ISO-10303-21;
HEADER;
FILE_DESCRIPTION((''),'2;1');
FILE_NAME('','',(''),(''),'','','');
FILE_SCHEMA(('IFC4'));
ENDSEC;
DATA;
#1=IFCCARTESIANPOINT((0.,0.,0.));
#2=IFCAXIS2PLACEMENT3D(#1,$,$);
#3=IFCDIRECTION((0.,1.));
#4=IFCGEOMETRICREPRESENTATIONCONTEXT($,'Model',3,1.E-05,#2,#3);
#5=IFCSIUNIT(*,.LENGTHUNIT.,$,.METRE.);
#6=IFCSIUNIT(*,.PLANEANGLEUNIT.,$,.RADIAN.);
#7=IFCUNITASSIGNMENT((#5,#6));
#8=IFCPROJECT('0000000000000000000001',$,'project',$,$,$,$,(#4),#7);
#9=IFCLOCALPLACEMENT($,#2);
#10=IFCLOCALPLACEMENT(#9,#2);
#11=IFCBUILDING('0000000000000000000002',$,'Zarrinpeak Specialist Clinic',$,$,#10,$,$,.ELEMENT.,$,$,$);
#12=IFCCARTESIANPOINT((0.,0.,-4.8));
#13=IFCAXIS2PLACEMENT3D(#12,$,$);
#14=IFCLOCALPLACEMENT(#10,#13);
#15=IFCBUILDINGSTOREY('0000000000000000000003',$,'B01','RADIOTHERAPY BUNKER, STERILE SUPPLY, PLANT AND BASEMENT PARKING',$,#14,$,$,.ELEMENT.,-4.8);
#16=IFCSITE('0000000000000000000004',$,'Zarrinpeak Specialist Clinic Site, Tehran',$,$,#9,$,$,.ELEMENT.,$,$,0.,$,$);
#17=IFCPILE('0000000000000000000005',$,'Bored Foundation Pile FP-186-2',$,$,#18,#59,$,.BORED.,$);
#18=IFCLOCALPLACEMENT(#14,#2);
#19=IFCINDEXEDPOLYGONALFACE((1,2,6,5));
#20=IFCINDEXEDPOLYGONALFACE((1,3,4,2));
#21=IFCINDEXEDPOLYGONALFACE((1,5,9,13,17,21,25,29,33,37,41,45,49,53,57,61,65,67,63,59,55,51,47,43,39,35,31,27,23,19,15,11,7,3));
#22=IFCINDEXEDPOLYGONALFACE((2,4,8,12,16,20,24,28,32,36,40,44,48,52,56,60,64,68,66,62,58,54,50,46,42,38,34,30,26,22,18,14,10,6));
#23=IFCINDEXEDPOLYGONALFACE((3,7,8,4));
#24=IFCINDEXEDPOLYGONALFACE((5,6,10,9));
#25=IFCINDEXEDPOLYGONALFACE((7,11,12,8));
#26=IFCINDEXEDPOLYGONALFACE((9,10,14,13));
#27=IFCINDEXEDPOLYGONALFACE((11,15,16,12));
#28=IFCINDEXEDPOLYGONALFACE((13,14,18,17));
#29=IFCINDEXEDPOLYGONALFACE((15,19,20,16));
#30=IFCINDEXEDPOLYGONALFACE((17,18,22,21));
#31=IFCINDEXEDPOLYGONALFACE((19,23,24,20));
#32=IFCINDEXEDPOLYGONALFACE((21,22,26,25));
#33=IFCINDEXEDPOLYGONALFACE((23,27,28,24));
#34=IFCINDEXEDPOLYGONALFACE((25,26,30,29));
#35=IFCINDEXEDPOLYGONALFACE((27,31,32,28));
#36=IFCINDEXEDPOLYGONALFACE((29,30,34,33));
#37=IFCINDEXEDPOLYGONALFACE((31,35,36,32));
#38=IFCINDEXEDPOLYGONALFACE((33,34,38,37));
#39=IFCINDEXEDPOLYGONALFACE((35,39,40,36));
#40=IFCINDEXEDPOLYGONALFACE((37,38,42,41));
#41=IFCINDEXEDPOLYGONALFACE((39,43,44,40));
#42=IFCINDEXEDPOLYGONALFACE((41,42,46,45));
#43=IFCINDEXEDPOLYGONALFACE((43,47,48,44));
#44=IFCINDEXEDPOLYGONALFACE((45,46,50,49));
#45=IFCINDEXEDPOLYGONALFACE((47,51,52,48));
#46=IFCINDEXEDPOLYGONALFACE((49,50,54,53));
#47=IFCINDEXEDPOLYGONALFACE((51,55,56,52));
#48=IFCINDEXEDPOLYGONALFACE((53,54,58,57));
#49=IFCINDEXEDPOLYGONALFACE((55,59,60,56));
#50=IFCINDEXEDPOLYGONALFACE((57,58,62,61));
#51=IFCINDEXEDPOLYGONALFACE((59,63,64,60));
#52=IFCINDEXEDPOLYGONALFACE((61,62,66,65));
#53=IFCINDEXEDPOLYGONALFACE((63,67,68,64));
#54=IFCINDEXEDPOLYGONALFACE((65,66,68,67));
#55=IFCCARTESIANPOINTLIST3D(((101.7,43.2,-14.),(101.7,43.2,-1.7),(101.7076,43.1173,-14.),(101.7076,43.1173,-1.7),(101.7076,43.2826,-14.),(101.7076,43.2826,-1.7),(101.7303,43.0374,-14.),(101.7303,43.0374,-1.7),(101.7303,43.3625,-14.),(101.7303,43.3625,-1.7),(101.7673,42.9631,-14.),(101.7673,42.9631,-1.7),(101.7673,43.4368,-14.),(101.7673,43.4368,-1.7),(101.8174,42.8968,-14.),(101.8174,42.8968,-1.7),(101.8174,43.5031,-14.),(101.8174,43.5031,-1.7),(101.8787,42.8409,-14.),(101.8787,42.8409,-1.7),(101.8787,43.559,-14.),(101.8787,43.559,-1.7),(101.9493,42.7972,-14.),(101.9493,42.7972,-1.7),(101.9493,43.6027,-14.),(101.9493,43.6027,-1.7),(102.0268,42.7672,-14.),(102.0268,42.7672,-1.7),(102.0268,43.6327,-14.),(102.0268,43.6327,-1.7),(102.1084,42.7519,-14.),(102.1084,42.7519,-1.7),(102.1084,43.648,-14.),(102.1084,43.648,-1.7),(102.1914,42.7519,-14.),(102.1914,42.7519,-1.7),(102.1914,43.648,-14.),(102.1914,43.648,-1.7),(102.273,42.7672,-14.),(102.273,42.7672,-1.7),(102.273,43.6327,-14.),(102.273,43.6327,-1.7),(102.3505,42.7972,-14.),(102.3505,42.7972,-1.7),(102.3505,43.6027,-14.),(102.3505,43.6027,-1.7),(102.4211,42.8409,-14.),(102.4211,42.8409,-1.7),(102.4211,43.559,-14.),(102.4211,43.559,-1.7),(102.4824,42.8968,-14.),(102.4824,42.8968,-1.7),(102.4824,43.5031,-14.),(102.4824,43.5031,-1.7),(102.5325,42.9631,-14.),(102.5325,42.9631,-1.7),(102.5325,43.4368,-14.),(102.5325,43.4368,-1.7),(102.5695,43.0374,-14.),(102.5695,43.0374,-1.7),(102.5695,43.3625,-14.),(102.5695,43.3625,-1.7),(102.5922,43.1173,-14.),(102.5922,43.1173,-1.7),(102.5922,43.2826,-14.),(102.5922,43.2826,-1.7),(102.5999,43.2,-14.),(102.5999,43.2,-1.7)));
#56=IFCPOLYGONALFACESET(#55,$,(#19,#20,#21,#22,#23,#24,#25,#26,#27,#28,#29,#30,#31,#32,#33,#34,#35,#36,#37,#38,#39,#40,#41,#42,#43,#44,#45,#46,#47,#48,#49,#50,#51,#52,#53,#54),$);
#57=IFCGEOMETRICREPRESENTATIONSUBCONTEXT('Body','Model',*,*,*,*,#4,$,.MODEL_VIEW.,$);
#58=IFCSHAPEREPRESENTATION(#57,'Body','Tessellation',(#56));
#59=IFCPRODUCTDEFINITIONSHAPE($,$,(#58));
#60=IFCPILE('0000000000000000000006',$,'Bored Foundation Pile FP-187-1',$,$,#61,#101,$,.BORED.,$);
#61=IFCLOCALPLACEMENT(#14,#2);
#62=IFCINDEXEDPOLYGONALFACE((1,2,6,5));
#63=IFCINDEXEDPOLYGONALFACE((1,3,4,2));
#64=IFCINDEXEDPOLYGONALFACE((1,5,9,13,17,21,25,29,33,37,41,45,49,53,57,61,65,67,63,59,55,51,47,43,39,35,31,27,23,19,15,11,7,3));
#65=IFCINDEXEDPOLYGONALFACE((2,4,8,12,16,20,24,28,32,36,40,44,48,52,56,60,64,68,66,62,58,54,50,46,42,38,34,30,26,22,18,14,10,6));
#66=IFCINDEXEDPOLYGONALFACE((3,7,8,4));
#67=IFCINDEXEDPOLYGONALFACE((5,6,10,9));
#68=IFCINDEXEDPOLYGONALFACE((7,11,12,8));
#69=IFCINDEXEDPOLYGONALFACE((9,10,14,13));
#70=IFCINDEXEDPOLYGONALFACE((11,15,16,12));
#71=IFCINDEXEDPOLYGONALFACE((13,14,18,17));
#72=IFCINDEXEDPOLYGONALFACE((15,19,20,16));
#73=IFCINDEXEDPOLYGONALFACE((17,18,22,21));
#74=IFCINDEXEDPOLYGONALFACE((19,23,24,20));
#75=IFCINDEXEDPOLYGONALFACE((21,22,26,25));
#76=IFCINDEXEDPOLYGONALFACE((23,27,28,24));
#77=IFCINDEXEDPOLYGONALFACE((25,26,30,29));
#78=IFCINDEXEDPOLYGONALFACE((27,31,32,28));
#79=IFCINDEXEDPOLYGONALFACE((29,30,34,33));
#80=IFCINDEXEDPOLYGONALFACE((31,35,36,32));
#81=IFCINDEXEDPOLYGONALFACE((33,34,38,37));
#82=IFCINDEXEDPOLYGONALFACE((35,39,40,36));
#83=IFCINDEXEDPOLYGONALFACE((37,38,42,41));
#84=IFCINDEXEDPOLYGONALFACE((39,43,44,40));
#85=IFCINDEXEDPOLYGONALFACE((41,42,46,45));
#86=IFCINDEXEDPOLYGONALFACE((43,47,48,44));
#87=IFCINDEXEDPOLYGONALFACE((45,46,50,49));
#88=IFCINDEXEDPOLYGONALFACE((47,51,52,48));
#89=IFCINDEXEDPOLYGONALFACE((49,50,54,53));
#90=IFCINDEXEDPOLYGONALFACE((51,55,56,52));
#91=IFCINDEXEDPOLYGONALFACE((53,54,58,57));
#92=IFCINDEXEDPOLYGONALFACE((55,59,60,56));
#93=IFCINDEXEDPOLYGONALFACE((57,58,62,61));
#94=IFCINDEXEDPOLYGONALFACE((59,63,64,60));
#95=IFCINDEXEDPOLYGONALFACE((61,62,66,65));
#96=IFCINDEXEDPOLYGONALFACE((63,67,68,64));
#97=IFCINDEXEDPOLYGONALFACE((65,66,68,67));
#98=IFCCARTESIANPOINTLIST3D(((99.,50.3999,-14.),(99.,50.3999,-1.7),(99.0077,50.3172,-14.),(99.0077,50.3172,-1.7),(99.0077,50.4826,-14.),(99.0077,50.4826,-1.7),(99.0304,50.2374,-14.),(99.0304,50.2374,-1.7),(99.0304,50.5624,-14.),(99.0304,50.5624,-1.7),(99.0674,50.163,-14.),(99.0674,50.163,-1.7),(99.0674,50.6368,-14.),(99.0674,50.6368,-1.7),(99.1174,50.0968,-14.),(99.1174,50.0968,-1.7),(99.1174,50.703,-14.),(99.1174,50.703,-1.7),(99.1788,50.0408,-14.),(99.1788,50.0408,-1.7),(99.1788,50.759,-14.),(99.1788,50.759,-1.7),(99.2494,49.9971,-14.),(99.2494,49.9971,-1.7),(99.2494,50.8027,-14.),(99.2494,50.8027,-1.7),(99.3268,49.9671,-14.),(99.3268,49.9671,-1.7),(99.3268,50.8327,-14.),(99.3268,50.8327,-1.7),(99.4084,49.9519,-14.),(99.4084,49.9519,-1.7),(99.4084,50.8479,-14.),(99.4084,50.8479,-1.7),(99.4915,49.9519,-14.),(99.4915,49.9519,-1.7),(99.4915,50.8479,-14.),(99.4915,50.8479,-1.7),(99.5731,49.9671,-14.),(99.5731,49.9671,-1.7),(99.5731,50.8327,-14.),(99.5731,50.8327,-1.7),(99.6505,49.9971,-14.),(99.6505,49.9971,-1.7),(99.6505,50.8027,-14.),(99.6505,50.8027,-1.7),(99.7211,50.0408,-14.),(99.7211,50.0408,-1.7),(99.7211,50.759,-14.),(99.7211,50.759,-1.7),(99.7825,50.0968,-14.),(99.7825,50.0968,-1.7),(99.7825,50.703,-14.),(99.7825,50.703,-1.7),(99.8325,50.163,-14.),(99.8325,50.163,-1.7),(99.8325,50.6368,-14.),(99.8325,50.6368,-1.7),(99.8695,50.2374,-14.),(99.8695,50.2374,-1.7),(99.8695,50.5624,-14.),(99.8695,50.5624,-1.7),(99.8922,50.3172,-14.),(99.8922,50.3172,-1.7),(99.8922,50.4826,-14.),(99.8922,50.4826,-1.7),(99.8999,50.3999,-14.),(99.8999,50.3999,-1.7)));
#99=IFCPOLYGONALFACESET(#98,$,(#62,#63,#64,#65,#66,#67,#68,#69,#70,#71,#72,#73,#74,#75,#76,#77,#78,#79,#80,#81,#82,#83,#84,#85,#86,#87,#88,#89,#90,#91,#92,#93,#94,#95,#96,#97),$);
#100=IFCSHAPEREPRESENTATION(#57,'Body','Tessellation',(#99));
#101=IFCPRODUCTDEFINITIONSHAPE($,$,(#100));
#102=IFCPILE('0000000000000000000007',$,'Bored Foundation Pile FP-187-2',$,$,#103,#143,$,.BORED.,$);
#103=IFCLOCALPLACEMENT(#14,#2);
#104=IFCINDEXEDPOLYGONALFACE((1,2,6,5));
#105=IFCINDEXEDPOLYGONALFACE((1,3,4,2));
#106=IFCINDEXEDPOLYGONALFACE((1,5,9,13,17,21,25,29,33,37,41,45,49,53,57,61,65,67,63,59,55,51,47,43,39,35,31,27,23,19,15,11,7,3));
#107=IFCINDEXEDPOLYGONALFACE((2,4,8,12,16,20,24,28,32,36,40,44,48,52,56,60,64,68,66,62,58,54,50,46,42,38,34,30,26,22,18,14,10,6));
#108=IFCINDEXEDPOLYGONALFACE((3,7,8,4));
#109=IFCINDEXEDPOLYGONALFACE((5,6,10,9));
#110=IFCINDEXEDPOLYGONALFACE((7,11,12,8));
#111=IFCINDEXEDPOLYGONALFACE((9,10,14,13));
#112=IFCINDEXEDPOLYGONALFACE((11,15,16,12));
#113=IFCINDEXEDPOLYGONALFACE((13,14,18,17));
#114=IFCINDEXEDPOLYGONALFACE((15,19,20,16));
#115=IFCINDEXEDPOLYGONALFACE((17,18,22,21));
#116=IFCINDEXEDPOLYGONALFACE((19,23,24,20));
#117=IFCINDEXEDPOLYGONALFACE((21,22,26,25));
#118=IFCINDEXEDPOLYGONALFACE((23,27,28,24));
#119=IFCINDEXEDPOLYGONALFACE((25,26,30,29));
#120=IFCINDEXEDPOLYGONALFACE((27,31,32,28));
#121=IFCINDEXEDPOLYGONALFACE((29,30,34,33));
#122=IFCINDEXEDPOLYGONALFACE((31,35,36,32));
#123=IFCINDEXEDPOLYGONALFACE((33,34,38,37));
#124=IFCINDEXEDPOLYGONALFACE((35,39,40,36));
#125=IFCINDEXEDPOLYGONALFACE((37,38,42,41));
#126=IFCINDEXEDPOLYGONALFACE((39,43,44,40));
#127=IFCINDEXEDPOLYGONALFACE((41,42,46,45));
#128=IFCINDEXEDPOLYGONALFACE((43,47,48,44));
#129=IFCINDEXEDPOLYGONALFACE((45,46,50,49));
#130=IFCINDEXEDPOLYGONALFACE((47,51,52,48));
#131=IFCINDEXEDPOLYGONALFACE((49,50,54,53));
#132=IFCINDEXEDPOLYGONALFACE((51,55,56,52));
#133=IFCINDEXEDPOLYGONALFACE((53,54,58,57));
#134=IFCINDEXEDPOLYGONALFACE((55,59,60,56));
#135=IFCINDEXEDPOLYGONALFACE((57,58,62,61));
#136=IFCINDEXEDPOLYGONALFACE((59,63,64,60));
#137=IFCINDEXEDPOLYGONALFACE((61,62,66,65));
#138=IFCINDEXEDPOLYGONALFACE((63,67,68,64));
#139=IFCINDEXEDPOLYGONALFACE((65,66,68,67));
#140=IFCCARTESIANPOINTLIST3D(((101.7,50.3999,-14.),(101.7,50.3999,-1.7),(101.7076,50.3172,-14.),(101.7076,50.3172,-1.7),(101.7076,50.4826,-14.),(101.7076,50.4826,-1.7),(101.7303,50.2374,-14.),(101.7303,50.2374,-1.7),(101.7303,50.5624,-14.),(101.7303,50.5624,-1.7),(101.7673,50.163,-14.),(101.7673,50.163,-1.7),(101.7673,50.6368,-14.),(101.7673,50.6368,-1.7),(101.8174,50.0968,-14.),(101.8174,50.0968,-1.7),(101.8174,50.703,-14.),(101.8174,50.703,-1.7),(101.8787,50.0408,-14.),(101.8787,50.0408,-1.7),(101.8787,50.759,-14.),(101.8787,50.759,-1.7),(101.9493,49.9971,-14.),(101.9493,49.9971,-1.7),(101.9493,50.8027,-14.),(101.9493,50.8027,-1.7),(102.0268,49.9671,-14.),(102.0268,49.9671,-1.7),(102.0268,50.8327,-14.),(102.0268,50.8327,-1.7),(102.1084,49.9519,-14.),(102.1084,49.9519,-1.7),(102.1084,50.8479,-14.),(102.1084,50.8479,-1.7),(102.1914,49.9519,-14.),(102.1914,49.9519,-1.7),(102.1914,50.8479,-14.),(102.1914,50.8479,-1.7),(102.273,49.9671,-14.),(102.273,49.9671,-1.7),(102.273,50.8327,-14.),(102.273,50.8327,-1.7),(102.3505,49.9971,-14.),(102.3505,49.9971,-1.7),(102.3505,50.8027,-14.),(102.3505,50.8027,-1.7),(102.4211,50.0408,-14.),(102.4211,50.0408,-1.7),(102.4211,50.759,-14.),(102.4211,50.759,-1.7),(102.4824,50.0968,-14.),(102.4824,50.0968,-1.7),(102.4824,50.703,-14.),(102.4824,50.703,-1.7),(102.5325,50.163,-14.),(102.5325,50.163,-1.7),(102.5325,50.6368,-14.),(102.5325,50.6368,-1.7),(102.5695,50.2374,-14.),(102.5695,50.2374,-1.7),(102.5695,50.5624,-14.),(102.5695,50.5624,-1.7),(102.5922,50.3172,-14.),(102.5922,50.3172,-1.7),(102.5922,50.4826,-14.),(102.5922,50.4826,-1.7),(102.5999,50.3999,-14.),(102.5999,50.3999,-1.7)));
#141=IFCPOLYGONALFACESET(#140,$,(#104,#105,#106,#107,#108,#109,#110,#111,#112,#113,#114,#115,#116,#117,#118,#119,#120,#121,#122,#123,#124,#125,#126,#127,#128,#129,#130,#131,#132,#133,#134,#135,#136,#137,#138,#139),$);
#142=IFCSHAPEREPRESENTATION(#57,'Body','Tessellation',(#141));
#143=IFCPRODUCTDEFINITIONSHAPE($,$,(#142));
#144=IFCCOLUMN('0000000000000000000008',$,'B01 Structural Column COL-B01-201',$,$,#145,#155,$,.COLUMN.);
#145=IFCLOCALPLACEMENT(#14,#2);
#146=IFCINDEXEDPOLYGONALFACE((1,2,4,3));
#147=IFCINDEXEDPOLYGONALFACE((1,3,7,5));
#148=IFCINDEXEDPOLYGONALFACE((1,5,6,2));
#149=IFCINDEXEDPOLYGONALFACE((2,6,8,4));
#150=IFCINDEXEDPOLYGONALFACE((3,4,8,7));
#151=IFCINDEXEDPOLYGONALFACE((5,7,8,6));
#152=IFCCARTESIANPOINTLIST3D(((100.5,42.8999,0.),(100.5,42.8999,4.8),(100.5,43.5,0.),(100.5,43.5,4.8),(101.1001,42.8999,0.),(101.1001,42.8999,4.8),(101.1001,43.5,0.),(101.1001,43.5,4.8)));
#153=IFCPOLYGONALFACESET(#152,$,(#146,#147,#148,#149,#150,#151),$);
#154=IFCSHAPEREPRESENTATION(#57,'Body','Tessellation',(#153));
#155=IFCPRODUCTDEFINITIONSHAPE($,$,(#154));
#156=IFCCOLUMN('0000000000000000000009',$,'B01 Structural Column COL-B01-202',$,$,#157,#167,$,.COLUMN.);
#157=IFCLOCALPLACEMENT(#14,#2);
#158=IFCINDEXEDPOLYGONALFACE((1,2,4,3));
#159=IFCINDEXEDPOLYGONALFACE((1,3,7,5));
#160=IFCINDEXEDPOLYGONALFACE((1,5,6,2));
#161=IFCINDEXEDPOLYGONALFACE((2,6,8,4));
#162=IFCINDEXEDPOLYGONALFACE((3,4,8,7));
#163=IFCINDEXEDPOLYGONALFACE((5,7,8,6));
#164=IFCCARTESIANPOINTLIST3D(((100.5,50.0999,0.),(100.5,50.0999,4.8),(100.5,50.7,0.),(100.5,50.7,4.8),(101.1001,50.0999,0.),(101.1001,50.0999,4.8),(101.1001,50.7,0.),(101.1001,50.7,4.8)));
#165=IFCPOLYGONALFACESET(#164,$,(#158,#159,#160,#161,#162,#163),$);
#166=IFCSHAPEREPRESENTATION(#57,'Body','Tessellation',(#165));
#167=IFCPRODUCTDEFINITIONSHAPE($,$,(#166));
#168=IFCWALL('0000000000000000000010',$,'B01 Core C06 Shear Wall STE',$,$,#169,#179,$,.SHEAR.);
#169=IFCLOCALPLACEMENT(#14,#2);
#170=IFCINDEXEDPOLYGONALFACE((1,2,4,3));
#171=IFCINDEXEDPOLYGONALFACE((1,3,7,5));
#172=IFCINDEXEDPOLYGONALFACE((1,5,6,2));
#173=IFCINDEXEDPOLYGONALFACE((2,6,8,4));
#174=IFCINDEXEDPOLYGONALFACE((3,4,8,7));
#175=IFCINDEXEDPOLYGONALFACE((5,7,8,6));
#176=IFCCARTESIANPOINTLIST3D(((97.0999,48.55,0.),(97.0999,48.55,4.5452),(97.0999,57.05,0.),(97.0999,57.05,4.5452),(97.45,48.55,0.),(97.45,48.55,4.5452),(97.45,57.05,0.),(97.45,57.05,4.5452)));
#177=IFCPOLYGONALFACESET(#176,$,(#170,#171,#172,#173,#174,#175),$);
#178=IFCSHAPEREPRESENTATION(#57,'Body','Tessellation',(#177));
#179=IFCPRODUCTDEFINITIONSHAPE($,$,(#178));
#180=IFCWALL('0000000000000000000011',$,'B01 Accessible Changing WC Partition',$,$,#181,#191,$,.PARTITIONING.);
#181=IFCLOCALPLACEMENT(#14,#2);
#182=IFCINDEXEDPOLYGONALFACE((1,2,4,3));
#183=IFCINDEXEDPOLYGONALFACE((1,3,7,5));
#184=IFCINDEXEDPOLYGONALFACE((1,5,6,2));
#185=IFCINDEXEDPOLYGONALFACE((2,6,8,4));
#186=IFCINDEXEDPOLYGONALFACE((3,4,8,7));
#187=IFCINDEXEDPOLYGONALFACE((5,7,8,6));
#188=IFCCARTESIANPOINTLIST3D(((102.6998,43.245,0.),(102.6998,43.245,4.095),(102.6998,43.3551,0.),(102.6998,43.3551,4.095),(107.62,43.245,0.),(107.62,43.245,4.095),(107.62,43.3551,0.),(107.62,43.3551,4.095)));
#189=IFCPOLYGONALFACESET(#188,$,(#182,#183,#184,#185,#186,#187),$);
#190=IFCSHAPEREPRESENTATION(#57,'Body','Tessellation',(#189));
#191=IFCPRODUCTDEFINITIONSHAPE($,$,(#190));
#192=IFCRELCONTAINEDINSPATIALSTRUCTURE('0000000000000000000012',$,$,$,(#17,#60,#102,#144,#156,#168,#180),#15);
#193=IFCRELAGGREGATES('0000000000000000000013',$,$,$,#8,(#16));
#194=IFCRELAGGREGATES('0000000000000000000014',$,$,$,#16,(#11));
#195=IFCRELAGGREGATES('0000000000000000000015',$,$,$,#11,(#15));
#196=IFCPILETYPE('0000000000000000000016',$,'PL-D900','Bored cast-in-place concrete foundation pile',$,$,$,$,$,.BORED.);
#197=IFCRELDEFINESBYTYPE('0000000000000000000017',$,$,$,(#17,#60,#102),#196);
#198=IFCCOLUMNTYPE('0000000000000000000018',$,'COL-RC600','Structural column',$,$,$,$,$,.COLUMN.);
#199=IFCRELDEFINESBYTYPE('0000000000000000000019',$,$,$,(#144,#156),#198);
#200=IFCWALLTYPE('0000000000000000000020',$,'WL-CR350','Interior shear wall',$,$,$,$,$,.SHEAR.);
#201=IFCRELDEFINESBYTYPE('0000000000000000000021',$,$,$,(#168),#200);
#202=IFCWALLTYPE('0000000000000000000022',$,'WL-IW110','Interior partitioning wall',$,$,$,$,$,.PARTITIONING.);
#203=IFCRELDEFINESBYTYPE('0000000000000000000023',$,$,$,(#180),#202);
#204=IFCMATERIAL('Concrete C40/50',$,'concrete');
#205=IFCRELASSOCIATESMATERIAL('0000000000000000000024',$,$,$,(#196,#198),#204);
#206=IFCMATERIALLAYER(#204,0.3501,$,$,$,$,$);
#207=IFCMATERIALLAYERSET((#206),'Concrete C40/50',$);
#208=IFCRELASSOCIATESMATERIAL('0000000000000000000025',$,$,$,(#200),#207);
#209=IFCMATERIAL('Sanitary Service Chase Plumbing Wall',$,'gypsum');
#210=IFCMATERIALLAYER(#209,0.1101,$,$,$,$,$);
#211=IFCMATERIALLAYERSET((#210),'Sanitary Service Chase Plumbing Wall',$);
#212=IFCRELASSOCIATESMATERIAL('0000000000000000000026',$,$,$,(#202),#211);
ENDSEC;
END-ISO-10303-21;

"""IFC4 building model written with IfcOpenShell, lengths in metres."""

from ifc_helpers import new_model, si_unit, direction, frame, frame_2d, origin, origin_2d, place, context, subcontext, project, spatial, rectangle, circle, extrude, material, layer, layer_set, material_profile, profile_set, type_object, element, save


model = new_model("IFC4")

# Units and contexts
model_context = context("Model", 3, precision=1e-05, world=origin(), true_north=direction((0.0, 1.0)))
body_context = subcontext(model_context, "Body", "Model", "MODEL_VIEW")
ifc_project = project(units=[si_unit("LENGTHUNIT", "METRE"), si_unit("PLANEANGLEUNIT", "RADIAN")], contexts=[model_context])

# Site, building, storey
site_placement = place(None, origin())
site = spatial("IfcSite", under=ifc_project, at=site_placement, Name="Zarrinpeak Specialist Clinic Site, Tehran", CompositionType="ELEMENT", RefElevation=0.0)
building_placement = place(site_placement, origin())
building = spatial("IfcBuilding", under=site, at=building_placement, Name="Zarrinpeak Specialist Clinic", CompositionType="ELEMENT")
storey_placement = place(building_placement, frame((0.0, 0.0, -4.8)))
storey = spatial("IfcBuildingStorey", under=building, at=storey_placement, Name="B01", Description="RADIOTHERAPY BUNKER, STERILE SUPPLY, PLANT AND BASEMENT PARKING", CompositionType="ELEMENT", Elevation=-4.8)

# Shared definitions
ifc_material_1 = material(Name="Concrete C40/50", Category="concrete")

# Piles
ifc_material_profile_1 = material_profile(ifc_material_1, circle(Radius=0.45, at=origin_2d()), Name="BORED PILE D900")
ifc_profile_set_1 = profile_set([ifc_material_profile_1], Name="Concrete C40/50")
pile_type_1 = type_object("IfcPileType", Name="PL-D900", Description="Bored cast-in-place concrete foundation pile", PredefinedType="BORED", material=ifc_profile_set_1)
for number, where, z_axis, x_axis, name in (
    (1, (102.1499, 43.2, -1.7), (0.0, 0.0, -1.0), (1.0, 0.0, 0.0), "Bored Foundation Pile FP-186-2"),
    (2, (99.45, 50.3999, -1.7), (0.0, 0.0, -1.0), (1.0, 0.0, 0.0), "Bored Foundation Pile FP-187-1"),
    (3, (102.1499, 50.3999, -1.7), (0.0, 0.0, -1.0), (1.0, 0.0, 0.0), "Bored Foundation Pile FP-187-2"),
):
    element("IfcPile", number, at=place(storey_placement, frame(where, z_axis=z_axis, x_axis=x_axis)), inside=storey, type_object=pile_type_1, Name=name, PredefinedType="BORED", context=body_context, shape_type="SweptSolid", body=[
        extrude(circle(Radius=0.45, at=origin_2d()), origin(), (0.0, 0.0, 1.0), 12.3),
    ])

# Columns
ifc_material_profile_2 = material_profile(ifc_material_1, rectangle(XDim=0.6001, YDim=0.6001, at=origin_2d()), Name="RC 600x600")
ifc_profile_set_2 = profile_set([ifc_material_profile_2], Name="Concrete C40/50")
column_type = type_object("IfcColumnType", Name="COL-RC600", Description="Structural column", PredefinedType="COLUMN", material=ifc_profile_set_2)
for number, where, z_axis, x_axis, name in (
    (4, (100.8, 43.2, 0.0), (0.0, 0.0, 1.0), (1.0, 0.0, 0.0), "B01 Structural Column COL-B01-201"),
    (5, (100.8, 50.3999, 0.0), (0.0, 0.0, 1.0), (1.0, 0.0, 0.0), "B01 Structural Column COL-B01-202"),
):
    element("IfcColumn", number, at=place(storey_placement, frame(where, z_axis=z_axis, x_axis=x_axis)), inside=storey, type_object=column_type, Name=name, PredefinedType="COLUMN", context=body_context, shape_type="SweptSolid", body=[
        extrude(rectangle(XDim=0.6001, YDim=0.6001, at=origin_2d()), origin(), (0.0, 0.0, 1.0), 4.8),
    ])

# Walls
ifc_layer_1 = layer(ifc_material_1, 0.3501)
ifc_layer_set_1 = layer_set([ifc_layer_1], Name="Concrete C40/50")
wall_type_1 = type_object("IfcWallType", Name="WL-CR350", Description="Interior shear wall", PredefinedType="SHEAR", material=ifc_layer_set_1)
wall_1_placement = place(storey_placement, frame((97.2749, 48.55, 0.0), z_axis=(0.0, 0.0, 1.0), x_axis=(0.0, 1.0, 0.0)))
element("IfcWall", 6, at=wall_1_placement, inside=storey, type_object=wall_type_1, Name="B01 Core C06 Shear Wall STE", PredefinedType="SHEAR", context=body_context, shape_type="SweptSolid", body=[
    extrude(rectangle(XDim=8.5, YDim=0.3501, at=frame_2d((4.25, 0.0))), origin(), (0.0, 0.0, 1.0), 4.5452),
])
ifc_material_2 = material(Name="Sanitary Service Chase Plumbing Wall", Category="gypsum")
ifc_layer_2 = layer(ifc_material_2, 0.1101)
ifc_layer_set_2 = layer_set([ifc_layer_2], Name="Sanitary Service Chase Plumbing Wall")
wall_type_2 = type_object("IfcWallType", Name="WL-IW110", Description="Interior partitioning wall", PredefinedType="PARTITIONING", material=ifc_layer_set_2)
wall_2_placement = place(storey_placement, frame((102.7, 43.3, 0.0), z_axis=(0.0, 0.0, 1.0), x_axis=(1.0, 0.0, 0.0)))
element("IfcWall", 7, at=wall_2_placement, inside=storey, type_object=wall_type_2, Name="B01 Accessible Changing WC Partition", PredefinedType="PARTITIONING", context=body_context, shape_type="SweptSolid", body=[
    extrude(rectangle(XDim=4.9202, YDim=0.1101, at=frame_2d((2.46, 0.0))), origin(), (0.0, 0.0, 1.0), 4.095),
])

save(model, "model.ifc")
